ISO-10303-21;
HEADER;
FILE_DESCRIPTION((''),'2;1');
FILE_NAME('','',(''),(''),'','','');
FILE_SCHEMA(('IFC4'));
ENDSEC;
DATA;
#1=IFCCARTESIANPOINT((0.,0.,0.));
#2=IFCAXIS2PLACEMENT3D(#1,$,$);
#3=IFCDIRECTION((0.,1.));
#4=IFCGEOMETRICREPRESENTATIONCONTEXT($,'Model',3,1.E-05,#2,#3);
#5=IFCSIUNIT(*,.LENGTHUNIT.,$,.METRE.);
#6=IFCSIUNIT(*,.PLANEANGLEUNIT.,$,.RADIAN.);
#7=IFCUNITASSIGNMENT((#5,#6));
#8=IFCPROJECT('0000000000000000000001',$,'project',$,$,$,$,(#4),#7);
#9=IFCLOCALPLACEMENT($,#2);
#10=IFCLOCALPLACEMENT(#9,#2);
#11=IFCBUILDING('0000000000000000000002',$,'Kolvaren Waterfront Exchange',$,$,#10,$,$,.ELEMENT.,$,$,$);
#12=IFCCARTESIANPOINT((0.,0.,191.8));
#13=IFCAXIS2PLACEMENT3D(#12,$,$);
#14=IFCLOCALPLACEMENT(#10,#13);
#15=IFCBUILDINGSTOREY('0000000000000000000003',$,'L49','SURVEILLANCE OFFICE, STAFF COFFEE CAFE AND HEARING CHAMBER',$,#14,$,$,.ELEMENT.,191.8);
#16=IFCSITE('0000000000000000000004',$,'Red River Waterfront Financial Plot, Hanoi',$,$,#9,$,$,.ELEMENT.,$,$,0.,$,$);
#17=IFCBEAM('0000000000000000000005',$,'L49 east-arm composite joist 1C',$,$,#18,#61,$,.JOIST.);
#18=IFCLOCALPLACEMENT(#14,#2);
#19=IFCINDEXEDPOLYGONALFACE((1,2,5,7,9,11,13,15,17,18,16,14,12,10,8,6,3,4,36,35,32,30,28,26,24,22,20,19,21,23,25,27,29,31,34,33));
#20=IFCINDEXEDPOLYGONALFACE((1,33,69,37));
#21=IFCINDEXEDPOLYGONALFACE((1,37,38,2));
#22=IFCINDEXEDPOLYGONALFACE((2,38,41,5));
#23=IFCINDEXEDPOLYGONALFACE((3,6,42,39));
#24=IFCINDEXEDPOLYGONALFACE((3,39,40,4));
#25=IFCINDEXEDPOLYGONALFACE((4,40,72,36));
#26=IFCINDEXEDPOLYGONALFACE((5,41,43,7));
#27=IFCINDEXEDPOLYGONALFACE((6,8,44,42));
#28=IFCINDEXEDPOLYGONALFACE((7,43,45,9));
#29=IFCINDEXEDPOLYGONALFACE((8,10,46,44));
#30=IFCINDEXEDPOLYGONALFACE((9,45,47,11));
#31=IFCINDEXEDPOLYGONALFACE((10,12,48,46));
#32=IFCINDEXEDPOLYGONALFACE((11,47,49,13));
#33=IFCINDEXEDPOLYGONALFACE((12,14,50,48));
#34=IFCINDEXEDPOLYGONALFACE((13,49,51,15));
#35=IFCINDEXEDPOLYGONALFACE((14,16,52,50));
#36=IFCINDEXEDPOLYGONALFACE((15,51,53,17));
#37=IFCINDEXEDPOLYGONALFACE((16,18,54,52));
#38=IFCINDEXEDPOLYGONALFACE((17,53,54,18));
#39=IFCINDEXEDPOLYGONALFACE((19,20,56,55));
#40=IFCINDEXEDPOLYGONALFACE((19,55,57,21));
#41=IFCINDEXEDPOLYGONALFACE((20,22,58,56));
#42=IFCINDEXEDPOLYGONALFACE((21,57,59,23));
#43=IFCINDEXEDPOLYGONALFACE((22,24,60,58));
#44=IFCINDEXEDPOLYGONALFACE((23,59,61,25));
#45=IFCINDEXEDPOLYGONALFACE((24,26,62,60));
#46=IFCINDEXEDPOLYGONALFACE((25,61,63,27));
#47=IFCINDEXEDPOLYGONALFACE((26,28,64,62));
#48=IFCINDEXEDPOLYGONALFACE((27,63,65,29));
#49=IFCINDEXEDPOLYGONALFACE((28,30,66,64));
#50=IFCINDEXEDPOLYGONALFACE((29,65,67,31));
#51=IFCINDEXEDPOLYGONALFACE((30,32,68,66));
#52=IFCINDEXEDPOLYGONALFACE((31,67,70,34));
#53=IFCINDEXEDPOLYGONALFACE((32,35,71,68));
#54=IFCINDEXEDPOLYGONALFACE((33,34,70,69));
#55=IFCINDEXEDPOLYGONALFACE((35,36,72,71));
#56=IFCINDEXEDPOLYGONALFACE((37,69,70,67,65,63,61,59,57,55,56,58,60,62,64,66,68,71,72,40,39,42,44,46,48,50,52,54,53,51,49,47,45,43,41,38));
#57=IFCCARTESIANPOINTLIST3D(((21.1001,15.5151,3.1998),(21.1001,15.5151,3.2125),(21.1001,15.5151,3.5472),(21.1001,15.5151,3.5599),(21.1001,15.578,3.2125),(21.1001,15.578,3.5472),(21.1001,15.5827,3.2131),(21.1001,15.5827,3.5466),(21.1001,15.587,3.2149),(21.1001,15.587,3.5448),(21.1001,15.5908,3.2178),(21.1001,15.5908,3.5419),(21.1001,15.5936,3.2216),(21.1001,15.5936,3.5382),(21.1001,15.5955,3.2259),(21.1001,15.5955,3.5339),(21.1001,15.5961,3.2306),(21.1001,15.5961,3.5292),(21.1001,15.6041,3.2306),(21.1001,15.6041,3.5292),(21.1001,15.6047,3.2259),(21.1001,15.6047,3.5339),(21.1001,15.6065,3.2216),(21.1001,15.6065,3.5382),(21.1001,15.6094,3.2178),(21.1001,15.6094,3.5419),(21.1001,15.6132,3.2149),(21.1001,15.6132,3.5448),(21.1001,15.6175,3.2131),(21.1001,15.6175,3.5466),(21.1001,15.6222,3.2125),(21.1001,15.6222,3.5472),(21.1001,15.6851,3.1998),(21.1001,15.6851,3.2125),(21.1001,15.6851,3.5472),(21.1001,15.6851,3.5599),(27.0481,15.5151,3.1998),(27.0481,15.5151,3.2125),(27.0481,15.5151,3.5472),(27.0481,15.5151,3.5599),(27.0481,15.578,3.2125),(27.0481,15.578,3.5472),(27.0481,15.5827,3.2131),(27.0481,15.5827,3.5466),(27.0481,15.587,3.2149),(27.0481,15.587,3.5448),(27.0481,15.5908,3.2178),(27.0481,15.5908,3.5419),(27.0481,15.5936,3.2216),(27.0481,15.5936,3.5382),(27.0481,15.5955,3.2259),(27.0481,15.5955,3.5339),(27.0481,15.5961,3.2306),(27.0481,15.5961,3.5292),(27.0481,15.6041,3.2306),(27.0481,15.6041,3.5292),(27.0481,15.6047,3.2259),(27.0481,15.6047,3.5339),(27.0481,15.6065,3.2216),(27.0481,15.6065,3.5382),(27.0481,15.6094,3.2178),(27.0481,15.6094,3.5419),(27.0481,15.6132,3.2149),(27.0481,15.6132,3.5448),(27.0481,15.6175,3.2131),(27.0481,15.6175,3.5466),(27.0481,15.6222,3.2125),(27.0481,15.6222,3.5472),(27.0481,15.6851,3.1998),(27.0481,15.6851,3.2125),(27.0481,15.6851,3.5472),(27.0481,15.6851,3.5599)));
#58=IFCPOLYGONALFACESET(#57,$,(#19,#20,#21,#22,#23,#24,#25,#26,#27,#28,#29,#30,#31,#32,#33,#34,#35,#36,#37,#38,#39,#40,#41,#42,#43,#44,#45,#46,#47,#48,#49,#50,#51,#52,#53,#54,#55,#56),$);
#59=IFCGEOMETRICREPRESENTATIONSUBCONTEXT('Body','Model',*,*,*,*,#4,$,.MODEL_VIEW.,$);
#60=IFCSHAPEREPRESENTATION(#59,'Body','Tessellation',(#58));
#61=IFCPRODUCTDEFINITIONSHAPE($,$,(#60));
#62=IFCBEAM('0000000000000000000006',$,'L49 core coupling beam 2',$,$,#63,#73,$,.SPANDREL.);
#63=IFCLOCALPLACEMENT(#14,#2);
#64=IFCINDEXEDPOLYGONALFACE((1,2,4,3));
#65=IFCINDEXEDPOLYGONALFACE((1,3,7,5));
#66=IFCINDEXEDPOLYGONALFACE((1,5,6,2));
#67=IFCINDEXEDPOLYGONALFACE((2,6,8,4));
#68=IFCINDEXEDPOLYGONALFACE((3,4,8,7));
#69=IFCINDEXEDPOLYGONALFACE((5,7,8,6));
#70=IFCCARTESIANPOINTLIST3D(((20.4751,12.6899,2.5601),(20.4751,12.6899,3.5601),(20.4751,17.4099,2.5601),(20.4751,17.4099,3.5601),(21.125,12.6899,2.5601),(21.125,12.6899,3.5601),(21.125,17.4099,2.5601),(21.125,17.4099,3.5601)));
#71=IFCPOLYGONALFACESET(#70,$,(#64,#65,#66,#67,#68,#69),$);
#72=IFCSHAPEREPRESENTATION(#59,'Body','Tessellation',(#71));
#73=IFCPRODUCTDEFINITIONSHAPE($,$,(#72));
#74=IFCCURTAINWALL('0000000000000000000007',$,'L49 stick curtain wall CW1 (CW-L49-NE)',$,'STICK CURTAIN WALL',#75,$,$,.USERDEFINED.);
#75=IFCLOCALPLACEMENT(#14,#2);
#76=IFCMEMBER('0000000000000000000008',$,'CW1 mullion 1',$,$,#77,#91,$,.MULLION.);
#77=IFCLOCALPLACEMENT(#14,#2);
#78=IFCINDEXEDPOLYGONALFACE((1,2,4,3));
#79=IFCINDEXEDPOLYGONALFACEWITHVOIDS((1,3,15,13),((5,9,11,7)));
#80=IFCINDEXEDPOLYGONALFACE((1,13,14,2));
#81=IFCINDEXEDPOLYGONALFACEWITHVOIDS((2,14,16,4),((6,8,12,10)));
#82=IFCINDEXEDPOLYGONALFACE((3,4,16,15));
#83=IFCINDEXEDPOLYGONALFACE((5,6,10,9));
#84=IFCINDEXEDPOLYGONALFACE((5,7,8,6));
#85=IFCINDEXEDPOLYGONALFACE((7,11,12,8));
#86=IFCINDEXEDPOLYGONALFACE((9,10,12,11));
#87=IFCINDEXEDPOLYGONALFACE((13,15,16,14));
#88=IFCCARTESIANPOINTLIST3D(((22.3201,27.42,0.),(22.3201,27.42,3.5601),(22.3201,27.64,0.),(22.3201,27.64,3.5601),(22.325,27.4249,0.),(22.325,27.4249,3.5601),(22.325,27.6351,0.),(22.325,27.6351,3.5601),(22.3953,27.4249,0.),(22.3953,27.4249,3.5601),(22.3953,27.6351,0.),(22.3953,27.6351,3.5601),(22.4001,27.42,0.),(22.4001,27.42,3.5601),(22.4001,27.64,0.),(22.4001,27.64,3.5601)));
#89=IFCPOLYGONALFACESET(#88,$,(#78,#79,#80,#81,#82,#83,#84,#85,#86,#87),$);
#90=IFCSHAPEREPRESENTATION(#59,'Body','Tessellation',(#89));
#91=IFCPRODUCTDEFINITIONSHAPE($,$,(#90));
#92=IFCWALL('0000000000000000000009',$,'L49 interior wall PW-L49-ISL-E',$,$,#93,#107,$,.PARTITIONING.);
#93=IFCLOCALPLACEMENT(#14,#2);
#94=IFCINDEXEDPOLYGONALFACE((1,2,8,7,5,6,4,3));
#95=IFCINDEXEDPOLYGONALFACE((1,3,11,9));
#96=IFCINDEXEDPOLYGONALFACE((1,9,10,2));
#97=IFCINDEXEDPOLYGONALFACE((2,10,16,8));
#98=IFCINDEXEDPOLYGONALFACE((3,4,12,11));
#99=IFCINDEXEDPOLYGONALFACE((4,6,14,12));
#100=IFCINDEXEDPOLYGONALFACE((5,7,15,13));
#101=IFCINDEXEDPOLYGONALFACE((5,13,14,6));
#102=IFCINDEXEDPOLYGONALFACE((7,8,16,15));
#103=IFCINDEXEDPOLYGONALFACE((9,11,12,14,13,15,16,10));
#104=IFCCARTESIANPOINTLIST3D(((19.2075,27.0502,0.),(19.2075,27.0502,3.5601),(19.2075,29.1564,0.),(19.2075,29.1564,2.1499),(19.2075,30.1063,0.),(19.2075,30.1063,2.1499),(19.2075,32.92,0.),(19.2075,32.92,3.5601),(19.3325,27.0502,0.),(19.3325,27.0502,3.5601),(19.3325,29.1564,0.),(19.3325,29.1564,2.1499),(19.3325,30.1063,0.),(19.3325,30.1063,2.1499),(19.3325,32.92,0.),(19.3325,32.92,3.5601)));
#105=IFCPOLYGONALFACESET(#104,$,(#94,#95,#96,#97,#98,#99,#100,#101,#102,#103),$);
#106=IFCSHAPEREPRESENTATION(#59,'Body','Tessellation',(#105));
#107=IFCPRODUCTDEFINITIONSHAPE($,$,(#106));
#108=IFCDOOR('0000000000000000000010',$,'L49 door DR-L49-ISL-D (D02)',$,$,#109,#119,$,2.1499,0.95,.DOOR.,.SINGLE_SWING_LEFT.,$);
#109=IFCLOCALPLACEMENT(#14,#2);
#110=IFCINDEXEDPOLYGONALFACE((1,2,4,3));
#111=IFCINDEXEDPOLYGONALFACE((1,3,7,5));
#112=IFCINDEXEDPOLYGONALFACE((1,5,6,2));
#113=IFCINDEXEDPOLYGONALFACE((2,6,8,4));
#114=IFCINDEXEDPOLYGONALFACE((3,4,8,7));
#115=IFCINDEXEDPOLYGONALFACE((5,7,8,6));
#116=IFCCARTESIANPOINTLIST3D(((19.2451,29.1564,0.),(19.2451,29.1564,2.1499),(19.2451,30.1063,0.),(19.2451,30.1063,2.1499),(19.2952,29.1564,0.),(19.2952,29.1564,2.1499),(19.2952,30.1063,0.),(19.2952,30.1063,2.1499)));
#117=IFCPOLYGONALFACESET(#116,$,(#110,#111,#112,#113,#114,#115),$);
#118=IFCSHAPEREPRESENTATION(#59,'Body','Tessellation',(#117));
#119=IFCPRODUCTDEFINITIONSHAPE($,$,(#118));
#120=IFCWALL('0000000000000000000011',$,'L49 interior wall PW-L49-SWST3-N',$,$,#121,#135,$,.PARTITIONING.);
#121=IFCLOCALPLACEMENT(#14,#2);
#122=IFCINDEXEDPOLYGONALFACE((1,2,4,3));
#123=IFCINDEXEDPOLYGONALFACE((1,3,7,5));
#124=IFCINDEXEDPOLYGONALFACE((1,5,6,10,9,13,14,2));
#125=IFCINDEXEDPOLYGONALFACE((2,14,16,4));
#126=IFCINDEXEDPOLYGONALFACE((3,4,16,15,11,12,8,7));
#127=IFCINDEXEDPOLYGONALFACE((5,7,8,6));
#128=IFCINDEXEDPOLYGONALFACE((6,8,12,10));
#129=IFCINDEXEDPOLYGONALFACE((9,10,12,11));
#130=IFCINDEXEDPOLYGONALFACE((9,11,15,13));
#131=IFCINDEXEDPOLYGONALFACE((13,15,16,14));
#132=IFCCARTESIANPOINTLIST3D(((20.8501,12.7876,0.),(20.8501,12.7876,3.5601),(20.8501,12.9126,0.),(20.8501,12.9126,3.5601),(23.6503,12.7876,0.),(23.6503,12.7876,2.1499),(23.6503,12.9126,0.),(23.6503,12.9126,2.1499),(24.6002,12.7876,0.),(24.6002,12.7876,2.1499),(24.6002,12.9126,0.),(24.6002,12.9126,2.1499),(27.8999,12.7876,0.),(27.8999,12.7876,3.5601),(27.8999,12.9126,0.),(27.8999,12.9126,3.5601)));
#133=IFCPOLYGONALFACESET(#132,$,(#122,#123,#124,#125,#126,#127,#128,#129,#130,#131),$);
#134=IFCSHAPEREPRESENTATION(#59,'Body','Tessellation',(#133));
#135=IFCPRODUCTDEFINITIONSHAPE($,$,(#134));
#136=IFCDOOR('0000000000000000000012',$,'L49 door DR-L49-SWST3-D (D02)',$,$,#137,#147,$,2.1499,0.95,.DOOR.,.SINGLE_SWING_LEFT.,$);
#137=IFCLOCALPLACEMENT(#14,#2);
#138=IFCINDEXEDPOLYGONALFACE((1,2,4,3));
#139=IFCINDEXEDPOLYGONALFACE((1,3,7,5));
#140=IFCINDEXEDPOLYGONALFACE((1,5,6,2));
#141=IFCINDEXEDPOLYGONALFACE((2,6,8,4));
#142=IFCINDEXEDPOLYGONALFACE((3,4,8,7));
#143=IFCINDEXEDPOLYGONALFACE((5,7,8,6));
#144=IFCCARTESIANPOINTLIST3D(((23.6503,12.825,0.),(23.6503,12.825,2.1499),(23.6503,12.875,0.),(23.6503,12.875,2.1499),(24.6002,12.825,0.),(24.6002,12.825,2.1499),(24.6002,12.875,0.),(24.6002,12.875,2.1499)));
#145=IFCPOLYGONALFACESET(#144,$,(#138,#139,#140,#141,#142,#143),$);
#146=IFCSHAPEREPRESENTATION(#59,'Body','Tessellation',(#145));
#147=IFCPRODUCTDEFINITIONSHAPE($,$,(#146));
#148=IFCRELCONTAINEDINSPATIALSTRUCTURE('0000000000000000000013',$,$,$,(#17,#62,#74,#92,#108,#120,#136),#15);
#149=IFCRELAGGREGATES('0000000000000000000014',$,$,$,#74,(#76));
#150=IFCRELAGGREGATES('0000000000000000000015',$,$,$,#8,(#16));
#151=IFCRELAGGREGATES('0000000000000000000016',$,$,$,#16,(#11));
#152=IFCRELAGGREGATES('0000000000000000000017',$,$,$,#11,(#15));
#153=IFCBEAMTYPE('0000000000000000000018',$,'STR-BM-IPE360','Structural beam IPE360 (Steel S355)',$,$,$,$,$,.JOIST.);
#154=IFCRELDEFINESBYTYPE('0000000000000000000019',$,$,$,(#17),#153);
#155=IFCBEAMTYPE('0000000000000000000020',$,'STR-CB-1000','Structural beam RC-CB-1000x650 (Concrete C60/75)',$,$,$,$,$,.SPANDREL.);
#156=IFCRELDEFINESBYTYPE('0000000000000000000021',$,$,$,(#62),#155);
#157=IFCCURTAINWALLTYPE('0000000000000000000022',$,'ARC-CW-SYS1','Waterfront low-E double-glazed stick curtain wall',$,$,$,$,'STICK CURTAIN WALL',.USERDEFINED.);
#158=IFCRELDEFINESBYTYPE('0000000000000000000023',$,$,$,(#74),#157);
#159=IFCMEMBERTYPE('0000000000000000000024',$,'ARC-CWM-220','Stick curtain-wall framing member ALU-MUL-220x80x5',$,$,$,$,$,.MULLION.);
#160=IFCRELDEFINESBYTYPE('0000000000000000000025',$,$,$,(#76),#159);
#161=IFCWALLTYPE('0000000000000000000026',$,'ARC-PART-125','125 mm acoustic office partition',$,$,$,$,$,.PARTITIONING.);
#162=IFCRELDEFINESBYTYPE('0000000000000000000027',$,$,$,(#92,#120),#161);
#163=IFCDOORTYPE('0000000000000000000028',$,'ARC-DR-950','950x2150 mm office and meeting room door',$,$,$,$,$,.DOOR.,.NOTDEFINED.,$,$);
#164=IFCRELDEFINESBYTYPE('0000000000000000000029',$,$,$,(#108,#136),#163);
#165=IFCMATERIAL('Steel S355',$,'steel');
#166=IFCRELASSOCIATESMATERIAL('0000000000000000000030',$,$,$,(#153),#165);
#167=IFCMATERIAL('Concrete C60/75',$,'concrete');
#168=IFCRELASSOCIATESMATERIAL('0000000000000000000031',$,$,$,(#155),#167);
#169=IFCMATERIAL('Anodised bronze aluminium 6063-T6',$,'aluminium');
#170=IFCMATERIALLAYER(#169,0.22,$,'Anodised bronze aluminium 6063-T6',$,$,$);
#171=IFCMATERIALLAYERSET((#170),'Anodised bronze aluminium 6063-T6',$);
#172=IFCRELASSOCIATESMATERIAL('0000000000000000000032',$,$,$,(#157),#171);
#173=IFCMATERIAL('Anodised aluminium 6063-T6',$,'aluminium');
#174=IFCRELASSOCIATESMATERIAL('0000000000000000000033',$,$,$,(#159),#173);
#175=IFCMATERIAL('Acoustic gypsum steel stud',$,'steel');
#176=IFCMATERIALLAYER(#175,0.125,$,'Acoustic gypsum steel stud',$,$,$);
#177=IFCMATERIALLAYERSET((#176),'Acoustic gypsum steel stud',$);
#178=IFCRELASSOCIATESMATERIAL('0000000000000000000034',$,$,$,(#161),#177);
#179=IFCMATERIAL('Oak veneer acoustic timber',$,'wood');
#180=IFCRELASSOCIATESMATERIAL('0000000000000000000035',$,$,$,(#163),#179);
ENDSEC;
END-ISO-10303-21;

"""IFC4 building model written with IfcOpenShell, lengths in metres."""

from ifc_helpers import new_model, si_unit, direction, frame, frame_2d, origin, origin_with_axes, origin_2d, place, context, subcontext, project, spatial, rectangle, hollow_rectangle, i_section, extrude, source, transform, mapped, material, layer, layer_set, material_profile, profile_set, type_object, element, fill, aggregate, save


model = new_model("IFC4")

# Units and contexts
model_context = context("Model", 3, precision=1e-05, world=origin(), true_north=direction((0.0, 1.0)))
body_context = subcontext(model_context, "Body", "Model", "MODEL_VIEW")
ifc_project = project(units=[si_unit("LENGTHUNIT", "METRE"), si_unit("PLANEANGLEUNIT", "RADIAN")], contexts=[model_context])

# Site, building, storey
site_placement = place(None, origin())
site = spatial("IfcSite", under=ifc_project, at=site_placement, Name="Red River Waterfront Financial Plot, Hanoi", CompositionType="ELEMENT", RefElevation=0.0)
building_placement = place(site_placement, origin())
building = spatial("IfcBuilding", under=site, at=building_placement, Name="Kolvaren Waterfront Exchange", CompositionType="ELEMENT")
storey_placement = place(building_placement, frame((0.0, 0.0, 191.8)))
storey = spatial("IfcBuildingStorey", under=building, at=storey_placement, Name="L49", Description="SURVEILLANCE OFFICE, STAFF COFFEE CAFE AND HEARING CHAMBER", CompositionType="ELEMENT", Elevation=191.8)

# Shared definitions
ifc_material_1 = material(Name="Concrete C60/75", Category="concrete")

# Beams
ifc_material_2 = material(Name="Steel S355", Category="steel")
ifc_material_profile_1 = material_profile(ifc_material_2, i_section(OverallWidth=0.1699, OverallDepth=0.3601, WebThickness=0.0081, FlangeThickness=0.0127, FilletRadius=0.0181, at=origin_2d()), Name="IPE360")
ifc_profile_set_1 = profile_set([ifc_material_profile_1], Name="Steel S355")
beam_type_1 = type_object("IfcBeamType", Name="STR-BM-IPE360", Description="Structural beam IPE360 (Steel S355)", PredefinedType="JOIST", material=ifc_profile_set_1)
for number, where, z_axis, x_axis, name in (
    (1, (21.1001, 15.6001, 3.3799), (1.0, 0.0, 0.0), (0.0, 1.0, 0.0), "L49 east-arm composite joist 1C"),
):
    element("IfcBeam", number, at=place(storey_placement, frame(where, z_axis=z_axis, x_axis=x_axis)), inside=storey, type_object=beam_type_1, Name=name, PredefinedType="JOIST", context=body_context, shape_type="SweptSolid", body=[
        extrude(i_section(OverallWidth=0.1699, OverallDepth=0.3601, WebThickness=0.0081, FlangeThickness=0.0127, FilletRadius=0.0181, at=origin_2d()), origin(), (0.0, 0.0, 1.0), 5.948),
    ])
ifc_material_profile_2 = material_profile(ifc_material_1, rectangle(XDim=0.6499, YDim=1.0, at=origin_2d()), Name="RC-CB-1000x650")
ifc_profile_set_2 = profile_set([ifc_material_profile_2], Name="Concrete C60/75")
beam_type_2 = type_object("IfcBeamType", Name="STR-CB-1000", Description="Structural beam RC-CB-1000x650 (Concrete C60/75)", PredefinedType="SPANDREL", material=ifc_profile_set_2)
beam_1_placement = place(storey_placement, frame((20.8, 12.6899, 3.0601), z_axis=(0.0, 1.0, 0.0), x_axis=(-1.0, 0.0, 0.0)))
element("IfcBeam", 2, at=beam_1_placement, inside=storey, type_object=beam_type_2, Name="L49 core coupling beam 2", PredefinedType="SPANDREL", context=body_context, shape_type="SweptSolid", body=[
    extrude(rectangle(XDim=0.6499, YDim=1.0, at=origin_2d()), origin(), (0.0, 0.0, 1.0), 4.72),
])

# Curtain wall, member
ifc_material_3 = material(Name="Anodised bronze aluminium 6063-T6", Category="aluminium")
ifc_layer_1 = layer(ifc_material_3, 0.22, Name="Anodised bronze aluminium 6063-T6")
ifc_layer_set_1 = layer_set([ifc_layer_1], Name="Anodised bronze aluminium 6063-T6")
curtain_wall_type = type_object("IfcCurtainWallType", Name="ARC-CW-SYS1", Description="Waterfront low-E double-glazed stick curtain wall", ElementType="STICK CURTAIN WALL", PredefinedType="USERDEFINED", material=ifc_layer_set_1)
curtain_wall_placement = place(storey_placement, origin())
curtain_wall = element("IfcCurtainWall", 3, at=curtain_wall_placement, inside=storey, type_object=curtain_wall_type, Name="L49 stick curtain wall CW1 (CW-L49-NE)", ObjectType="STICK CURTAIN WALL", PredefinedType="USERDEFINED")
ifc_material_4 = material(Name="Anodised aluminium 6063-T6", Category="aluminium")
ifc_material_profile_3 = material_profile(ifc_material_4, hollow_rectangle(XDim=0.0801, YDim=0.22, WallThickness=0.0049, at=origin_2d()), Name="ALU-MUL-220x80x5")
ifc_profile_set_3 = profile_set([ifc_material_profile_3], Name="Anodised aluminium 6063-T6")
member_type = type_object("IfcMemberType", Name="ARC-CWM-220", Description="Stick curtain-wall framing member ALU-MUL-220x80x5", PredefinedType="MULLION", material=ifc_profile_set_3)
shared_shape_1 = source(origin_with_axes(), body_context, "Body", "SweptSolid", [
    extrude(hollow_rectangle(XDim=0.0801, YDim=0.22, WallThickness=0.0049, at=origin_2d()), origin(), (0.0, 0.0, 1.0), 3.5601),
])
member_placement = place(storey_placement, frame((22.3601, 27.53, 0.0), z_axis=(0.0, 0.0, 1.0), x_axis=(-1.0, 0.0, 0.0)))
member = element("IfcMember", 4, at=member_placement, type_object=member_type, Name="CW1 mullion 1", PredefinedType="MULLION", context=body_context, shape_type="MappedRepresentation", body=[
    mapped(shared_shape_1, transform((0.0, 0.0, 0.0), x_axis=(1.0, 0.0, 0.0), y_axis=(0.0, 1.0, 0.0), z_axis=(0.0, 0.0, 1.0), scale=1.0)),
])
aggregate(curtain_wall, [member])

# Walls, openings, doors
ifc_material_5 = material(Name="Acoustic gypsum steel stud", Category="steel")
ifc_layer_2 = layer(ifc_material_5, 0.125, Name="Acoustic gypsum steel stud")
ifc_layer_set_2 = layer_set([ifc_layer_2], Name="Acoustic gypsum steel stud")
wall_type_1 = type_object("IfcWallType", Name="ARC-PART-125", Description="125 mm acoustic office partition", PredefinedType="PARTITIONING", material=ifc_layer_set_2)
wall_1_placement = place(storey_placement, frame((19.27, 27.05, 0.0), z_axis=(0.0, 0.0, 1.0), x_axis=(0.0, 1.0, 0.0)))
wall_1 = element("IfcWall", 5, at=wall_1_placement, inside=storey, type_object=wall_type_1, Name="L49 interior wall PW-L49-ISL-E", PredefinedType="PARTITIONING", context=body_context, shape_type="SweptSolid", body=[
    extrude(rectangle(XDim=5.8699, YDim=0.125, at=frame_2d((2.9351, 0.0))), origin(), (0.0, 0.0, 1.0), 3.5601),
])
opening_1_placement = place(wall_1_placement, frame((2.1062, 0.0, 0.0)))
opening_1 = element("IfcOpeningElement", 6, at=opening_1_placement, cuts=wall_1, PredefinedType="OPENING", context=body_context, shape_type="SweptSolid", body=[
    extrude(rectangle(XDim=0.95, YDim=2.1499, at=frame_2d((0.4751, 1.075))), frame((0.0, 0.0725, 0.0), z_axis=(0.0, -1.0, 0.0), x_axis=(1.0, 0.0, 0.0)), (0.0, 0.0, 1.0), 0.145),
])
ifc_material_6 = material(Name="Oak veneer acoustic timber", Category="wood")
door_type_1 = type_object("IfcDoorType", Name="ARC-DR-950", Description="950x2150 mm office and meeting room door", OperationType="NOTDEFINED", PredefinedType="DOOR", material=ifc_material_6)
door_1_placement = place(opening_1_placement, origin())
door_1 = element("IfcDoor", 7, at=door_1_placement, inside=storey, type_object=door_type_1, Name="L49 door DR-L49-ISL-D (D02)", OperationType="SINGLE_SWING_LEFT", OverallHeight=2.1499, OverallWidth=0.95, PredefinedType="DOOR", context=body_context, shape_type="SweptSolid", body=[
    extrude(rectangle(XDim=0.95, YDim=2.1499, at=frame_2d((0.4751, 1.075))), frame((0.0, 0.0249, 0.0), z_axis=(0.0, -1.0, 0.0), x_axis=(1.0, 0.0, 0.0)), (0.0, 0.0, 1.0), 0.05),
])
fill(opening_1, door_1)
wall_2_placement = place(storey_placement, frame((20.8501, 12.8501, 0.0), z_axis=(0.0, 0.0, 1.0), x_axis=(1.0, 0.0, 0.0)))
wall_2 = element("IfcWall", 8, at=wall_2_placement, inside=storey, type_object=wall_type_1, Name="L49 interior wall PW-L49-SWST3-N", PredefinedType="PARTITIONING", context=body_context, shape_type="SweptSolid", body=[
    extrude(rectangle(XDim=7.0498, YDim=0.125, at=frame_2d((3.5249, 0.0))), origin(), (0.0, 0.0, 1.0), 3.5601),
])
opening_2_placement = place(wall_2_placement, frame((2.8, 0.0, 0.0)))
opening_2 = element("IfcOpeningElement", 9, at=opening_2_placement, cuts=wall_2, PredefinedType="OPENING", context=body_context, shape_type="SweptSolid", body=[
    extrude(rectangle(XDim=0.95, YDim=2.1499, at=frame_2d((0.4751, 1.075))), frame((0.0, 0.0725, 0.0), z_axis=(0.0, -1.0, 0.0), x_axis=(1.0, 0.0, 0.0)), (0.0, 0.0, 1.0), 0.145),
])
door_2_placement = place(opening_2_placement, origin())
door_2 = element("IfcDoor", 10, at=door_2_placement, inside=storey, type_object=door_type_1, Name="L49 door DR-L49-SWST3-D (D02)", OperationType="SINGLE_SWING_LEFT", OverallHeight=2.1499, OverallWidth=0.95, PredefinedType="DOOR", context=body_context, shape_type="SweptSolid", body=[
    extrude(rectangle(XDim=0.95, YDim=2.1499, at=frame_2d((0.4751, 1.075))), frame((0.0, 0.0249, 0.0), z_axis=(0.0, -1.0, 0.0), x_axis=(1.0, 0.0, 0.0)), (0.0, 0.0, 1.0), 0.05),
])
fill(opening_2, door_2)

save(model, "model.ifc")
